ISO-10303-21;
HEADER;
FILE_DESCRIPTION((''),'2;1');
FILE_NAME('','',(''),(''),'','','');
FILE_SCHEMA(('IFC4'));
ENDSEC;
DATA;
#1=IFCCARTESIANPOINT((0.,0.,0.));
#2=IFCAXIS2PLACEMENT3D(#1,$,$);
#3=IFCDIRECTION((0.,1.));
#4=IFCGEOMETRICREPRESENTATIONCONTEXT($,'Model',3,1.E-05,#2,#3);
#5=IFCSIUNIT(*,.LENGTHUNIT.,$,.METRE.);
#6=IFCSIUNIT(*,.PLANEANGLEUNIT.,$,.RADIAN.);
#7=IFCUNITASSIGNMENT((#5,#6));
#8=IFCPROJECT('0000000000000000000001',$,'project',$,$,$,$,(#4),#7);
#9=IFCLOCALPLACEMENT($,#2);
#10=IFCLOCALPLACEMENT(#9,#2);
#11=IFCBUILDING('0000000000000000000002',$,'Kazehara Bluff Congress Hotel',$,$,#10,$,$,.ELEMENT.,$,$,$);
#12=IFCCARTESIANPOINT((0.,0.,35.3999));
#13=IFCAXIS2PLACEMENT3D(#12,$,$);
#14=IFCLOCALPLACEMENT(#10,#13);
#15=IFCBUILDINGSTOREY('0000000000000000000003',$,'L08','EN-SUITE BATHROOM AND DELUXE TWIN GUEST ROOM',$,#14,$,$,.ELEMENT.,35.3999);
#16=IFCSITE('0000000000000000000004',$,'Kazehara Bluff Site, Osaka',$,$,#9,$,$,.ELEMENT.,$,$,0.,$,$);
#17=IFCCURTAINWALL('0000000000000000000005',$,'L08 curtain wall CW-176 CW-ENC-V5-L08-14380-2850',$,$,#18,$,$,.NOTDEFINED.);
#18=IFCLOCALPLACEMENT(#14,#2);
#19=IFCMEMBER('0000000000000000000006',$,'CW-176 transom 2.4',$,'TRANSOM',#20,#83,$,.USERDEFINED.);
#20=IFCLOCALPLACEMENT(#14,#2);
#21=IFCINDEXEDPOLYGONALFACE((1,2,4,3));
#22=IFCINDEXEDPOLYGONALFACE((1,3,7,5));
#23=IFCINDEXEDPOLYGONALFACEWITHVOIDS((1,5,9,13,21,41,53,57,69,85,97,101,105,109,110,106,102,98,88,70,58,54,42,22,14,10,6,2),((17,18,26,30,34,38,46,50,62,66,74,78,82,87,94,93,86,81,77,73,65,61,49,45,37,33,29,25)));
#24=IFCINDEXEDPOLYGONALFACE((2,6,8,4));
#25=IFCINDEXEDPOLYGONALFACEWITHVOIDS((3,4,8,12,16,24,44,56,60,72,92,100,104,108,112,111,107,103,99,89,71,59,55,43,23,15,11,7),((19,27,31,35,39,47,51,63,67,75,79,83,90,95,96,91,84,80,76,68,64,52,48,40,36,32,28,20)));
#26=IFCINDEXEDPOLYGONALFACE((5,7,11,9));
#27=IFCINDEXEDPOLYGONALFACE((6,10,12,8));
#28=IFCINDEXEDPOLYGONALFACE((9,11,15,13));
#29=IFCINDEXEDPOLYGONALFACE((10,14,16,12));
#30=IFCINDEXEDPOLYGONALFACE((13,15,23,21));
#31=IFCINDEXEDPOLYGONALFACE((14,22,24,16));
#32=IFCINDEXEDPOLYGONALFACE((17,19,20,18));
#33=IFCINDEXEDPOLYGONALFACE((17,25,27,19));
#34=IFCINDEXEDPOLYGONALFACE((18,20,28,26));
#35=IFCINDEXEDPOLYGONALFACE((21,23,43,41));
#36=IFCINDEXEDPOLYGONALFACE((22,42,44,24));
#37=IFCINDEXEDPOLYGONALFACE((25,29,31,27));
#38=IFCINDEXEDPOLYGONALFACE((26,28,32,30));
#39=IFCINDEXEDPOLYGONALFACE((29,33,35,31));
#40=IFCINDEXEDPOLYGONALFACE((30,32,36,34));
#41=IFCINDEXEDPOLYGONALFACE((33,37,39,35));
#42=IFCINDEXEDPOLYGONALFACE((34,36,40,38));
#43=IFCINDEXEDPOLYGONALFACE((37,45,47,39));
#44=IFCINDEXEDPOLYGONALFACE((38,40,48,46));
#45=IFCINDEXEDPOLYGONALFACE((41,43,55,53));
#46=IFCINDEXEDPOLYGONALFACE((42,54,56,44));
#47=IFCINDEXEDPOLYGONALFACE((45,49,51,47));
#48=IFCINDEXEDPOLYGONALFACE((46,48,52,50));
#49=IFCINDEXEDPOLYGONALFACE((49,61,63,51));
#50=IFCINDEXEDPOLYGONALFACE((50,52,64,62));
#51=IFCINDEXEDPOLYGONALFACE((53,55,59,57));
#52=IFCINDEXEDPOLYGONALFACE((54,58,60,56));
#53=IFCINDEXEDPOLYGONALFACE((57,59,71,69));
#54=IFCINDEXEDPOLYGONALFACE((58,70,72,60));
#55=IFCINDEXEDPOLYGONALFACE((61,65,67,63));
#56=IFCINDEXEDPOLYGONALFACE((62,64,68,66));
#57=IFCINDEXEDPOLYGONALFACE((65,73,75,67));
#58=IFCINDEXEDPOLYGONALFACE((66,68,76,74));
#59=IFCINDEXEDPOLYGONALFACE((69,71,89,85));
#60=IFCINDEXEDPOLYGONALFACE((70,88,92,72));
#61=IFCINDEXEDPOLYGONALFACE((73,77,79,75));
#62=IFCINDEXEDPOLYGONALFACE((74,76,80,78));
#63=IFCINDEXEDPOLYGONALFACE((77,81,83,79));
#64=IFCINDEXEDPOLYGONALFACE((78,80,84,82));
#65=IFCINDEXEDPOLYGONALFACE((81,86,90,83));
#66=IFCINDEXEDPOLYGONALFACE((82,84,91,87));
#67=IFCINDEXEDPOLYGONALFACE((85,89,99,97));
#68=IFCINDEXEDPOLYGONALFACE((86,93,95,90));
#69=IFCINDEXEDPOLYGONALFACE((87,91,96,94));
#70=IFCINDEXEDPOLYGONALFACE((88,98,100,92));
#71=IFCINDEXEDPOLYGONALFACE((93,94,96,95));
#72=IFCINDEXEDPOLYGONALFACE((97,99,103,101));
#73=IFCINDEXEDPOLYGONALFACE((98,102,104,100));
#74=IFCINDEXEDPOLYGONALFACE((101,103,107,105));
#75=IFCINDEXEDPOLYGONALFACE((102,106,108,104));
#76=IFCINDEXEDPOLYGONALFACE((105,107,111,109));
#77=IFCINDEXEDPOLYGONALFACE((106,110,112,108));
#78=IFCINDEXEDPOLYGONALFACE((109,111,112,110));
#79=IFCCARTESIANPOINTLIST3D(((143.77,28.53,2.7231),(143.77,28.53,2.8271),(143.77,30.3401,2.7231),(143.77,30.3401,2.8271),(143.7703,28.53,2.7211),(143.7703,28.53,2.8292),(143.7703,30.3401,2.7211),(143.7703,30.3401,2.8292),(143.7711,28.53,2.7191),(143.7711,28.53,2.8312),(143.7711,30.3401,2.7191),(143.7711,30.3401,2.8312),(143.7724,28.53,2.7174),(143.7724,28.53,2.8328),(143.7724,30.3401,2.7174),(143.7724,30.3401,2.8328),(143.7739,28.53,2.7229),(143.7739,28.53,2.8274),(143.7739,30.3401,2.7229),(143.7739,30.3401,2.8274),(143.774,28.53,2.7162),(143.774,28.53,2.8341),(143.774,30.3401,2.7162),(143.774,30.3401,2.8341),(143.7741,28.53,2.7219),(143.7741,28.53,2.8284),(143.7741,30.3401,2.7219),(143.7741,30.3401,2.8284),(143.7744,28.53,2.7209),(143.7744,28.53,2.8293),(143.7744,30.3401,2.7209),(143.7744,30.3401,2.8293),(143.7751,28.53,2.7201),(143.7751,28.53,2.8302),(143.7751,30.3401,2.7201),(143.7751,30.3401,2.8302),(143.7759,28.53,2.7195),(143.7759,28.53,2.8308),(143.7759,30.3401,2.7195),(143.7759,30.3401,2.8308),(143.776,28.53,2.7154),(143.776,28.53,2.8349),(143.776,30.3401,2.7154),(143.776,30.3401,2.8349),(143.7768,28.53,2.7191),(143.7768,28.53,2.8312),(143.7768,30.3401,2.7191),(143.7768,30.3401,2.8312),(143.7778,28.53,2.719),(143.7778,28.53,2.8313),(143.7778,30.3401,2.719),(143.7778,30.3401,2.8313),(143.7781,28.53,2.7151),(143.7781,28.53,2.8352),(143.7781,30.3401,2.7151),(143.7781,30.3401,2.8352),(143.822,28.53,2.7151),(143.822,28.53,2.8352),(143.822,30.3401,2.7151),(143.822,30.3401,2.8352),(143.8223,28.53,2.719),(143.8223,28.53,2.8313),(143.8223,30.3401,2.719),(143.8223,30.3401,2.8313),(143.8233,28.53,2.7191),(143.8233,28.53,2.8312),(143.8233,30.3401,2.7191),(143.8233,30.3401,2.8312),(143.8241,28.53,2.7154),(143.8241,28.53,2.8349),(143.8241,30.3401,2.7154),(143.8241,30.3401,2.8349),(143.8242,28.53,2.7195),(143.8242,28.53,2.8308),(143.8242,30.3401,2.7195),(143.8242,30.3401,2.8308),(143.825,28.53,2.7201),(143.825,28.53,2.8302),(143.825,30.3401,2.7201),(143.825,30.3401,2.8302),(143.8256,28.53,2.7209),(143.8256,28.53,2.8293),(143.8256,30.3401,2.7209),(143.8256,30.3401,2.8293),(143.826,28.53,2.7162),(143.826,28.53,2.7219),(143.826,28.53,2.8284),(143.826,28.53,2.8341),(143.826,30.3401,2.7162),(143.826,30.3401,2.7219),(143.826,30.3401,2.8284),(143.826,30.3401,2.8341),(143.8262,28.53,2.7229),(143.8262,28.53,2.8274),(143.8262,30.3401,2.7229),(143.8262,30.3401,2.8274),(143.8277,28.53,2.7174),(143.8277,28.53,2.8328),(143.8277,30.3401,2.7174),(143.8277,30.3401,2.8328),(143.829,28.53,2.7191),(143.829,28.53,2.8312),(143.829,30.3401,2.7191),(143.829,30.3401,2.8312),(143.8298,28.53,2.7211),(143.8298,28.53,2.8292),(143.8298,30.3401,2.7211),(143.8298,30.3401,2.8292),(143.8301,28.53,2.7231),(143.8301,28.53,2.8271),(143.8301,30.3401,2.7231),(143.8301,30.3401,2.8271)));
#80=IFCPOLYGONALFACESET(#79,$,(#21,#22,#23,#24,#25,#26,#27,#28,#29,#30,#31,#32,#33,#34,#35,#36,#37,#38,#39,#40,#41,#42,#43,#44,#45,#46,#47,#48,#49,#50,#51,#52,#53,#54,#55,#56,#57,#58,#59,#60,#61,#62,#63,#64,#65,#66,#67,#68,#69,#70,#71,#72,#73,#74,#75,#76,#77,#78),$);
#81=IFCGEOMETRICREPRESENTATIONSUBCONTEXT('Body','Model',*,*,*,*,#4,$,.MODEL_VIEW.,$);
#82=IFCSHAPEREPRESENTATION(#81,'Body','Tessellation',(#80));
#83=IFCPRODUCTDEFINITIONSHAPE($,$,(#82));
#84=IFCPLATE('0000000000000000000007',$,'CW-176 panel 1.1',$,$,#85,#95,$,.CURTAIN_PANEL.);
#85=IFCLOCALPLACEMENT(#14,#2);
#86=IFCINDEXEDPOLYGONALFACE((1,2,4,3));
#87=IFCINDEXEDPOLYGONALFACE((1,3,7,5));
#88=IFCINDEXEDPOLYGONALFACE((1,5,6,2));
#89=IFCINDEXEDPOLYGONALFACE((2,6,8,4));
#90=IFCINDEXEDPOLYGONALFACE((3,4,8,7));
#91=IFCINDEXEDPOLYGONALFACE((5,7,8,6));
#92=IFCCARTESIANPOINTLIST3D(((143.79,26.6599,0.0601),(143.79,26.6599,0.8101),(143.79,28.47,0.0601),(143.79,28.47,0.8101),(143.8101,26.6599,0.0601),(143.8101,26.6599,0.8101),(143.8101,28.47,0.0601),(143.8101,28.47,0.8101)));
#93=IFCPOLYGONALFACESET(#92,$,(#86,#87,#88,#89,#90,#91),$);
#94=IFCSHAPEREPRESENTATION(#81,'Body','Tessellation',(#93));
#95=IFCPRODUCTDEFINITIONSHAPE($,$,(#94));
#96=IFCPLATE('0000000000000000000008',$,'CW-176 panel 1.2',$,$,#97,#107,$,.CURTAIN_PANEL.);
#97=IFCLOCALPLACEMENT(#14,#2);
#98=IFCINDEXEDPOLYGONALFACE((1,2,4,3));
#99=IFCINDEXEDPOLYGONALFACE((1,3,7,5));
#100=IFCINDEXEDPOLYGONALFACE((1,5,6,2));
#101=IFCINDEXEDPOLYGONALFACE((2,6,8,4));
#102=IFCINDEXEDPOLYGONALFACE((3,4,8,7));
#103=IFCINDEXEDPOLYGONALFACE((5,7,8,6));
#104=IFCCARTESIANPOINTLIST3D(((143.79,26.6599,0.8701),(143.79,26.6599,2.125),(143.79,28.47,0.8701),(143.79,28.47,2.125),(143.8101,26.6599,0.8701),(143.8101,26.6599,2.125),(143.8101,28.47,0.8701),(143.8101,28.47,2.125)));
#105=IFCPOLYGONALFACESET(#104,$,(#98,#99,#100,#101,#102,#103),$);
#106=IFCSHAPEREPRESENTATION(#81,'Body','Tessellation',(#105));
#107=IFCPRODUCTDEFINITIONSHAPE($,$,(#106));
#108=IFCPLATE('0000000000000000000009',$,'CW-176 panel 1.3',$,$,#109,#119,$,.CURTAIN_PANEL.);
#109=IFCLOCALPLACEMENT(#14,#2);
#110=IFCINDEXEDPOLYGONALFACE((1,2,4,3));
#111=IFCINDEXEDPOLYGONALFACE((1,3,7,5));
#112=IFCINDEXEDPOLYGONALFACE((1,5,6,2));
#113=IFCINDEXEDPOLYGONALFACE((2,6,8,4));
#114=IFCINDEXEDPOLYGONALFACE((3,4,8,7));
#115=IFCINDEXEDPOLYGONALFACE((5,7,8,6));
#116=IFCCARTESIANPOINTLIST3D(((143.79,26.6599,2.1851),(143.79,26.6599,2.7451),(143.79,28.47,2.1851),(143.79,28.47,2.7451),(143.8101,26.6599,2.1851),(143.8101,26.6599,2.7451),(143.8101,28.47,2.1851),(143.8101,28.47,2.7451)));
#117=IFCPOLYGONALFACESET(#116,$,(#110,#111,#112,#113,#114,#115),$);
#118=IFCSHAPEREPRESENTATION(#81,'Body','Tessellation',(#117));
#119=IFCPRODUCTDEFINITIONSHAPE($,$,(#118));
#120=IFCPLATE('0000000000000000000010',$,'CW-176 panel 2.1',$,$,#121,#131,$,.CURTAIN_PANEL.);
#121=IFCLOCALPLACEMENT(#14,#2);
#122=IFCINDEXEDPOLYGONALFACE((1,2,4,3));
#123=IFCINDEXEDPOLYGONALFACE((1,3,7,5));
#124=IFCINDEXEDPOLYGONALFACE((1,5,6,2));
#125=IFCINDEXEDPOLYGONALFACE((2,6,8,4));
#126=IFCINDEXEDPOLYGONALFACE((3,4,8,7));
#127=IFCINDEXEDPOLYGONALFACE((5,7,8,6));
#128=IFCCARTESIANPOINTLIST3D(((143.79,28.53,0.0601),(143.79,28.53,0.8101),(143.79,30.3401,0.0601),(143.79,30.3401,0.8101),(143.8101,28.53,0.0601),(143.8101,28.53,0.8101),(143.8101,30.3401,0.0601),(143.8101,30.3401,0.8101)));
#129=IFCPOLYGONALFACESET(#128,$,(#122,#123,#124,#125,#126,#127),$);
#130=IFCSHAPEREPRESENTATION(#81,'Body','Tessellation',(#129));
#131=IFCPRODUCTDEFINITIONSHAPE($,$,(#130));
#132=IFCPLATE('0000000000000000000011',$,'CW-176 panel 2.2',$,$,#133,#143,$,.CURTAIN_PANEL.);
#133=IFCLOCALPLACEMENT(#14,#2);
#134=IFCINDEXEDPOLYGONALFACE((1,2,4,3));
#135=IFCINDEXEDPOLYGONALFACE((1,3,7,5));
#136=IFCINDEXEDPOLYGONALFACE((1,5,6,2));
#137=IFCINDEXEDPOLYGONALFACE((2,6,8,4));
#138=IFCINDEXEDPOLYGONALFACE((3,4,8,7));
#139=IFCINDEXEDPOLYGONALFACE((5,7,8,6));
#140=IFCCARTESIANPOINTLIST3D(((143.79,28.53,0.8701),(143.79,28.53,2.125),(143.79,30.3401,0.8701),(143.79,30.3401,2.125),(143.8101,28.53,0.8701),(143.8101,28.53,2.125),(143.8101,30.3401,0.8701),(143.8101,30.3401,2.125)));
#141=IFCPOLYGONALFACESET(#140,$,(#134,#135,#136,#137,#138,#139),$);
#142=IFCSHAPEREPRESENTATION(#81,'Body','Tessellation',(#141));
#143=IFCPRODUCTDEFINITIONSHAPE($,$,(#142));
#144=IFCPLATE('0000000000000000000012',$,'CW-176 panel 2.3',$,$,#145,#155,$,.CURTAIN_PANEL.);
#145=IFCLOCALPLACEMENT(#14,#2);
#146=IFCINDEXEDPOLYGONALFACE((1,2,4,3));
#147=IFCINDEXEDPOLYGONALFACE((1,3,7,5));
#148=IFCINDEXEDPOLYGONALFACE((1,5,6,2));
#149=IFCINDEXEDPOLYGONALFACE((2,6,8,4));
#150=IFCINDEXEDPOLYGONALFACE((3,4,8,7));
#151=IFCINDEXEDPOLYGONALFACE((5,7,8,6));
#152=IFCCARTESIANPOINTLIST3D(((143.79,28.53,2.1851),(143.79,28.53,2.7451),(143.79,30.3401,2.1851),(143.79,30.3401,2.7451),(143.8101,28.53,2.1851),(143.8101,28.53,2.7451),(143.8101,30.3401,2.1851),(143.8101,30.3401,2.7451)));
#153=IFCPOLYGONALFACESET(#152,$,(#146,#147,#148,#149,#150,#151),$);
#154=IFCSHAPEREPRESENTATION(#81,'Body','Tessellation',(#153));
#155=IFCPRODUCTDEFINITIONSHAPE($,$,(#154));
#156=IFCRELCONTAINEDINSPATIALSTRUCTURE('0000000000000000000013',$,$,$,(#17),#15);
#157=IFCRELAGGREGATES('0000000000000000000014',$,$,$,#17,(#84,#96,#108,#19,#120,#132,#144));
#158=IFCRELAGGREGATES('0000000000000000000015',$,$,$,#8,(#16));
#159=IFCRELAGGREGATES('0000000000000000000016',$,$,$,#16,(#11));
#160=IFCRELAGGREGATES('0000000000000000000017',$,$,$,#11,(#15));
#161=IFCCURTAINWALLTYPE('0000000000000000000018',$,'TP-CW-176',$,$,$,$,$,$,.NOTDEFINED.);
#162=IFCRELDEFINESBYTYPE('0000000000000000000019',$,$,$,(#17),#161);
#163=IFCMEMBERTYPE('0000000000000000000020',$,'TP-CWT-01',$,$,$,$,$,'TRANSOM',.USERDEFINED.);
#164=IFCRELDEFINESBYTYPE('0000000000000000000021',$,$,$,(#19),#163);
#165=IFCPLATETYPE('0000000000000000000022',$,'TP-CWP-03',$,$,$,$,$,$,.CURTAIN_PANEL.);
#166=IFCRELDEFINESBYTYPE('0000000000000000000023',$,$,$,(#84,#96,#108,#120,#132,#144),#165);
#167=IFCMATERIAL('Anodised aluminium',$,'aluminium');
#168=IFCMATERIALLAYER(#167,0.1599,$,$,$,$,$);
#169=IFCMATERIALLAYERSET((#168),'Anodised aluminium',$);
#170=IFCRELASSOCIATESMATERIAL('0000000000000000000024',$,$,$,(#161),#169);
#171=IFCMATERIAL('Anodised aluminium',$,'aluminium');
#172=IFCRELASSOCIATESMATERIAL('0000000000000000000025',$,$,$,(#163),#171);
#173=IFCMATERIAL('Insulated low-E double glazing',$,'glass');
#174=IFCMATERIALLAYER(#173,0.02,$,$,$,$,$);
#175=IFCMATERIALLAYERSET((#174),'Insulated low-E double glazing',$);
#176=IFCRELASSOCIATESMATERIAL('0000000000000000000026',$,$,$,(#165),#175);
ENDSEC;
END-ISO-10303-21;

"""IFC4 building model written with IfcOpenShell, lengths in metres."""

from ifc_helpers import new_model, si_unit, direction, frame, origin, origin_2d, place, context, subcontext, project, spatial, rectangle, hollow_rectangle, extrude, material, layer, layer_set, material_profile, profile_set, type_object, element, aggregate, save


model = new_model("IFC4")

# Units and contexts
model_context = context("Model", 3, precision=1e-05, world=origin(), true_north=direction((0.0, 1.0)))
body_context = subcontext(model_context, "Body", "Model", "MODEL_VIEW")
ifc_project = project(units=[si_unit("LENGTHUNIT", "METRE"), si_unit("PLANEANGLEUNIT", "RADIAN")], contexts=[model_context])

# Site, building, storey
site_placement = place(None, origin())
site = spatial("IfcSite", under=ifc_project, at=site_placement, Name="Kazehara Bluff Site, Osaka", CompositionType="ELEMENT", RefElevation=0.0)
building_placement = place(site_placement, origin())
building = spatial("IfcBuilding", under=site, at=building_placement, Name="Kazehara Bluff Congress Hotel", CompositionType="ELEMENT")
storey_placement = place(building_placement, frame((0.0, 0.0, 35.3999)))
storey = spatial("IfcBuildingStorey", under=building, at=storey_placement, Name="L08", Description="EN-SUITE BATHROOM AND DELUXE TWIN GUEST ROOM", CompositionType="ELEMENT", Elevation=35.3999)

# Curtain wall, member, plates
ifc_material_1 = material(Name="Anodised aluminium", Category="aluminium")
ifc_layer_1 = layer(ifc_material_1, 0.1599)
ifc_layer_set_1 = layer_set([ifc_layer_1], Name="Anodised aluminium")
curtain_wall_type = type_object("IfcCurtainWallType", Name="TP-CW-176", PredefinedType="NOTDEFINED", material=ifc_layer_set_1)
curtain_wall_placement = place(storey_placement, origin())
curtain_wall = element("IfcCurtainWall", 1, at=curtain_wall_placement, inside=storey, type_object=curtain_wall_type, Name="L08 curtain wall CW-176 CW-ENC-V5-L08-14380-2850", PredefinedType="NOTDEFINED")
ifc_material_2 = material(Name="Anodised aluminium", Category="aluminium")
ifc_material_profile_1 = material_profile(ifc_material_2, hollow_rectangle(XDim=0.0601, YDim=0.1201, WallThickness=0.0039, InnerFilletRadius=0.0039, OuterFilletRadius=0.0081, at=origin_2d()))
ifc_profile_set_1 = profile_set([ifc_material_profile_1], Name="Anodised aluminium")
member_type_1 = type_object("IfcMemberType", Name="TP-CWT-01", ElementType="TRANSOM", PredefinedType="USERDEFINED", material=ifc_profile_set_1)
member_1_placement = place(storey_placement, frame((143.8, 28.53, 2.7751), z_axis=(0.0, 1.0, 0.0), x_axis=(-1.0, 0.0, 0.0)))
member_1 = element("IfcMember", 2, at=member_1_placement, type_object=member_type_1, Name="CW-176 transom 2.4", ObjectType="TRANSOM", PredefinedType="USERDEFINED", context=body_context, shape_type="SweptSolid", body=[
    extrude(hollow_rectangle(XDim=0.0601, YDim=0.1201, WallThickness=0.0039, InnerFilletRadius=0.0039, OuterFilletRadius=0.0081, at=origin_2d()), origin(), (0.0, 0.0, 1.0), 1.8101),
])
ifc_material_3 = material(Name="Insulated low-E double glazing", Category="glass")
ifc_layer_2 = layer(ifc_material_3, 0.02)
ifc_layer_set_2 = layer_set([ifc_layer_2], Name="Insulated low-E double glazing")
plate_type = type_object("IfcPlateType", Name="TP-CWP-03", PredefinedType="CURTAIN_PANEL", material=ifc_layer_set_2)
plate_1_placement = place(storey_placement, frame((143.8, 27.5649, 0.0601), z_axis=(0.0, 0.0, 1.0), x_axis=(0.0, 1.0, 0.0)))
plate_1 = element("IfcPlate", 3, at=plate_1_placement, type_object=plate_type, Name="CW-176 panel 1.1", PredefinedType="CURTAIN_PANEL", context=body_context, shape_type="SweptSolid", body=[
    extrude(rectangle(XDim=1.8101, YDim=0.02, at=origin_2d()), origin(), (0.0, 0.0, 1.0), 0.75),
])
plate_2_placement = place(storey_placement, frame((143.8, 27.5649, 0.8701), z_axis=(0.0, 0.0, 1.0), x_axis=(0.0, 1.0, 0.0)))
plate_2 = element("IfcPlate", 4, at=plate_2_placement, type_object=plate_type, Name="CW-176 panel 1.2", PredefinedType="CURTAIN_PANEL", context=body_context, shape_type="SweptSolid", body=[
    extrude(rectangle(XDim=1.8101, YDim=0.02, at=origin_2d()), origin(), (0.0, 0.0, 1.0), 1.2549),
])
plate_3_placement = place(storey_placement, frame((143.8, 27.5649, 2.1851), z_axis=(0.0, 0.0, 1.0), x_axis=(0.0, 1.0, 0.0)))
plate_3 = element("IfcPlate", 5, at=plate_3_placement, type_object=plate_type, Name="CW-176 panel 1.3", PredefinedType="CURTAIN_PANEL", context=body_context, shape_type="SweptSolid", body=[
    extrude(rectangle(XDim=1.8101, YDim=0.02, at=origin_2d()), origin(), (0.0, 0.0, 1.0), 0.5601),
])
plate_4_placement = place(storey_placement, frame((143.8, 29.4351, 0.0601), z_axis=(0.0, 0.0, 1.0), x_axis=(0.0, 1.0, 0.0)))
plate_4 = element("IfcPlate", 6, at=plate_4_placement, type_object=plate_type, Name="CW-176 panel 2.1", PredefinedType="CURTAIN_PANEL", context=body_context, shape_type="SweptSolid", body=[
    extrude(rectangle(XDim=1.8101, YDim=0.02, at=origin_2d()), origin(), (0.0, 0.0, 1.0), 0.75),
])
plate_5_placement = place(storey_placement, frame((143.8, 29.4351, 0.8701), z_axis=(0.0, 0.0, 1.0), x_axis=(0.0, 1.0, 0.0)))
plate_5 = element("IfcPlate", 7, at=plate_5_placement, type_object=plate_type, Name="CW-176 panel 2.2", PredefinedType="CURTAIN_PANEL", context=body_context, shape_type="SweptSolid", body=[
    extrude(rectangle(XDim=1.8101, YDim=0.02, at=origin_2d()), origin(), (0.0, 0.0, 1.0), 1.2549),
])
plate_6_placement = place(storey_placement, frame((143.8, 29.4351, 2.1851), z_axis=(0.0, 0.0, 1.0), x_axis=(0.0, 1.0, 0.0)))
plate_6 = element("IfcPlate", 8, at=plate_6_placement, type_object=plate_type, Name="CW-176 panel 2.3", PredefinedType="CURTAIN_PANEL", context=body_context, shape_type="SweptSolid", body=[
    extrude(rectangle(XDim=1.8101, YDim=0.02, at=origin_2d()), origin(), (0.0, 0.0, 1.0), 0.5601),
])
aggregate(curtain_wall, [plate_1, plate_2, plate_3, member_1, plate_4, plate_5, plate_6])

save(model, "model.ifc")
